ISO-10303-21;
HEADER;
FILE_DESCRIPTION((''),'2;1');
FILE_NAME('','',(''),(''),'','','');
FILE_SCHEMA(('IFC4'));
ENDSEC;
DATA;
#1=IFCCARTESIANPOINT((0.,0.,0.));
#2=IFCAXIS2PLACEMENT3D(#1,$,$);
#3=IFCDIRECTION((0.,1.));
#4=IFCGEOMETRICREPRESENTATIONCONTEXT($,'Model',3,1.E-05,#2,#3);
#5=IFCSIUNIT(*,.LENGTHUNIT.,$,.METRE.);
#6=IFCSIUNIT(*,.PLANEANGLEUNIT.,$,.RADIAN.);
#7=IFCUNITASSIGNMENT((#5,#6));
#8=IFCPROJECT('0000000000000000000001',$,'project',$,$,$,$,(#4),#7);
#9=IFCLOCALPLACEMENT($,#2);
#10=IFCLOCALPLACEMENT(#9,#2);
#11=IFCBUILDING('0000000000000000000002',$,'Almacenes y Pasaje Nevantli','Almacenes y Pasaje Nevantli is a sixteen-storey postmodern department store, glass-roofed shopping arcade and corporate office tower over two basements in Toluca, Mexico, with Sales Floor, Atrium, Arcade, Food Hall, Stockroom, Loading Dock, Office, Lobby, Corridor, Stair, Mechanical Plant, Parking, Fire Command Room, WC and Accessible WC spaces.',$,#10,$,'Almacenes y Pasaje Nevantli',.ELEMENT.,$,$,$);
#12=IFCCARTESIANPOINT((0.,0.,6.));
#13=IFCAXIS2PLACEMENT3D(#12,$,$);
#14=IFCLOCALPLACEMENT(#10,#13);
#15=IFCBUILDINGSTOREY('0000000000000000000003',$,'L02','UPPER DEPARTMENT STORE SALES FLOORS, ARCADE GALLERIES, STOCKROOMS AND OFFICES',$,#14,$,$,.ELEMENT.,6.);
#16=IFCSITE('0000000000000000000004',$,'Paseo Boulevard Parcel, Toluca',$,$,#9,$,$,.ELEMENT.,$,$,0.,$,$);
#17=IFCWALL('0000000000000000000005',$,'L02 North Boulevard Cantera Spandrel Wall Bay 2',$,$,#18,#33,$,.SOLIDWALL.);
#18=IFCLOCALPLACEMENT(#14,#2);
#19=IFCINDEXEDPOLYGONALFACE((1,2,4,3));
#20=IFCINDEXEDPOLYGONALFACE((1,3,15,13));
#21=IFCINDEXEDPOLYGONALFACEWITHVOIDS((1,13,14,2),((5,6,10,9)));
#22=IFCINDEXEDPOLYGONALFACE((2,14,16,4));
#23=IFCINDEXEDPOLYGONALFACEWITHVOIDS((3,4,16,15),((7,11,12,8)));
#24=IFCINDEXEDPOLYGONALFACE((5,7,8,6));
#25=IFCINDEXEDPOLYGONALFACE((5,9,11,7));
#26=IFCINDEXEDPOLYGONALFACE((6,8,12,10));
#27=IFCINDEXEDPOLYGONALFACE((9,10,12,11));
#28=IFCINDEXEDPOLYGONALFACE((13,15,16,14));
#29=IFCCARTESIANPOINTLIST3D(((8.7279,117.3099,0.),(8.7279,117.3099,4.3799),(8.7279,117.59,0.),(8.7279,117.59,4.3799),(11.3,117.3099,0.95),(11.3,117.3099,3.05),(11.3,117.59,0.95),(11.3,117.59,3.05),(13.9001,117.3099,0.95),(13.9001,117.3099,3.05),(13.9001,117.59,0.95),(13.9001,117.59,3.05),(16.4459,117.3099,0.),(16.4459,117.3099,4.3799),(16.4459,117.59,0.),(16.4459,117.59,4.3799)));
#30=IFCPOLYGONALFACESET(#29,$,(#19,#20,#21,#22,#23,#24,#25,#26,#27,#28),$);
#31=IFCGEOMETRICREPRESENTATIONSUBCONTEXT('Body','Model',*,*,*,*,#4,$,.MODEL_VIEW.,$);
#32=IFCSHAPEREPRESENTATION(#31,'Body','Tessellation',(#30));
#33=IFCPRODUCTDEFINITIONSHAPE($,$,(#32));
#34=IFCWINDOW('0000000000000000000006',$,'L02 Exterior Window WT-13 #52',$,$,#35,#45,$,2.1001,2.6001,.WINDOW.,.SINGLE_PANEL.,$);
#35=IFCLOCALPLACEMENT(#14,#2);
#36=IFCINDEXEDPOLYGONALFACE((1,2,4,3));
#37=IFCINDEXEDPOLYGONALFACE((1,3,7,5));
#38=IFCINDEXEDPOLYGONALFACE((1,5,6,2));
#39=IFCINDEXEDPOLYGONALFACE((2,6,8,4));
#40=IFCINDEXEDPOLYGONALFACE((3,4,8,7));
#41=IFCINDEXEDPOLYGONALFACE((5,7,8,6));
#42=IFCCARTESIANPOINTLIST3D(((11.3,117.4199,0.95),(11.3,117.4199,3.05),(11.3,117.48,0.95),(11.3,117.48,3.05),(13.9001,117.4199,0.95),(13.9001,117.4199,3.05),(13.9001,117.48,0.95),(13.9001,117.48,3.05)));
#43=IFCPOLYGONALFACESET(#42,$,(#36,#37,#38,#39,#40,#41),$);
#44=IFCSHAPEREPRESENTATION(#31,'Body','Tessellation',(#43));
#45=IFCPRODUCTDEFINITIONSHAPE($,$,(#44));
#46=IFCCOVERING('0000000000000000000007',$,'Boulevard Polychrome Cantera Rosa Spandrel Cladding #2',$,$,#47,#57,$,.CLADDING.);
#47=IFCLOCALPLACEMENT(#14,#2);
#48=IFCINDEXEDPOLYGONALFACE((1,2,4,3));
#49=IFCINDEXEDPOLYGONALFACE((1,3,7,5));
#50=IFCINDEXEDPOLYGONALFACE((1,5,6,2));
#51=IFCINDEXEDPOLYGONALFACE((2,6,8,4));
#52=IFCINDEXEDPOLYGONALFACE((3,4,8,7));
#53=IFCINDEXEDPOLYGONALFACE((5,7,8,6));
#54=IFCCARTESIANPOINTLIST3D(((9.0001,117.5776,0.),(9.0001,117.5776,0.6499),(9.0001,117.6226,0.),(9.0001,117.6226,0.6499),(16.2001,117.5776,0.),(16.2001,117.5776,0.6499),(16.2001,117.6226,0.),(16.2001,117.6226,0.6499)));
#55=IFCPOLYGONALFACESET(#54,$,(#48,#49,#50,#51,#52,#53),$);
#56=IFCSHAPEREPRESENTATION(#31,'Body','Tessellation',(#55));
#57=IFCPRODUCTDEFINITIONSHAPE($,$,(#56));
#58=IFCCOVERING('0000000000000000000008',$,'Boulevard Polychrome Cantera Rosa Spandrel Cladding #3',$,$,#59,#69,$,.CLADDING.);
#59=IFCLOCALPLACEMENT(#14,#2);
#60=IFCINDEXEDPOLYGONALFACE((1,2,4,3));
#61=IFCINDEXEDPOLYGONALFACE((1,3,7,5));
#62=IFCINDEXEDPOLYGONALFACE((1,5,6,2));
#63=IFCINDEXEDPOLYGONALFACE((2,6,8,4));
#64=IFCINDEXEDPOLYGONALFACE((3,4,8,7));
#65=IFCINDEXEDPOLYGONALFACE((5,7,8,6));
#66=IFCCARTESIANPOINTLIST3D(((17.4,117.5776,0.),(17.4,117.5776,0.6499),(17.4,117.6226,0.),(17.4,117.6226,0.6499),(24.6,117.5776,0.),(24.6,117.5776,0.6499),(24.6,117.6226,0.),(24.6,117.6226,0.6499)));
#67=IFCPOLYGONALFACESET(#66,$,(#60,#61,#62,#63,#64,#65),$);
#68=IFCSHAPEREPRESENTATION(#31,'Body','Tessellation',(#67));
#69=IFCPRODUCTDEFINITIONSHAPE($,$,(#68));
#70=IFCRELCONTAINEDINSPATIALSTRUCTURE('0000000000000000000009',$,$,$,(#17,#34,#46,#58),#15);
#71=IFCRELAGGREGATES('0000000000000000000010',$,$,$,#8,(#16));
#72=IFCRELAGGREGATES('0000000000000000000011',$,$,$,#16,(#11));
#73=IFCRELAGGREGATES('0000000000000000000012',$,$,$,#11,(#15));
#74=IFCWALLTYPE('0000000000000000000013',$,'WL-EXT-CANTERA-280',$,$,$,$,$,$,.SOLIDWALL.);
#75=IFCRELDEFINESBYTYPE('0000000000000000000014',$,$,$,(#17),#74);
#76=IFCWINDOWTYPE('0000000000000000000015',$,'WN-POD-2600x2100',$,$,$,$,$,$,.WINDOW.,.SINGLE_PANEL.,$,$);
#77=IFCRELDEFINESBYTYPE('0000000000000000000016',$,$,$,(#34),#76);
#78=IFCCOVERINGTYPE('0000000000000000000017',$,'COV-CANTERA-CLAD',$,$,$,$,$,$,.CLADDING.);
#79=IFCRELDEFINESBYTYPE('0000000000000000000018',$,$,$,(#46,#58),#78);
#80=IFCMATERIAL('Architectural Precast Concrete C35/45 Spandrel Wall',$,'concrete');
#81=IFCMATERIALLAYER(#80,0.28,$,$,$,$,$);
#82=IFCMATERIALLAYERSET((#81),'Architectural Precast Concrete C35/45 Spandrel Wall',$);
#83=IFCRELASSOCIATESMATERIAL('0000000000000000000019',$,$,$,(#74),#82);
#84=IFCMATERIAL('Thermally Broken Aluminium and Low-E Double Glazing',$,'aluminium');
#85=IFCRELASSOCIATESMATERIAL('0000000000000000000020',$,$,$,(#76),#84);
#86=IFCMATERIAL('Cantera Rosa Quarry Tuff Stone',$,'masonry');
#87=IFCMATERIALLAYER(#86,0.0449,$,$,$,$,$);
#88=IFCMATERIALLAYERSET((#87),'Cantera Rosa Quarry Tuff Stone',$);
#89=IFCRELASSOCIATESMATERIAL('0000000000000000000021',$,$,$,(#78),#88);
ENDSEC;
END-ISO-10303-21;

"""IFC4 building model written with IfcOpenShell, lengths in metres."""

from ifc_helpers import new_model, si_unit, direction, frame, frame_2d, origin, origin_2d, place, context, subcontext, project, spatial, rectangle, extrude, material, layer, layer_set, type_object, element, fill, save


model = new_model("IFC4")

# Units and contexts
model_context = context("Model", 3, precision=1e-05, world=origin(), true_north=direction((0.0, 1.0)))
body_context = subcontext(model_context, "Body", "Model", "MODEL_VIEW")
ifc_project = project(units=[si_unit("LENGTHUNIT", "METRE"), si_unit("PLANEANGLEUNIT", "RADIAN")], contexts=[model_context])

# Site, building, storey
site_placement = place(None, origin())
site = spatial("IfcSite", under=ifc_project, at=site_placement, Name="Paseo Boulevard Parcel, Toluca", CompositionType="ELEMENT", RefElevation=0.0)
building_placement = place(site_placement, origin())
building = spatial("IfcBuilding", under=site, at=building_placement, Name="Almacenes y Pasaje Nevantli", Description="Almacenes y Pasaje Nevantli is a sixteen-storey postmodern department store, glass-roofed shopping arcade and corporate office tower over two basements in Toluca, Mexico, with Sales Floor, Atrium, Arcade, Food Hall, Stockroom, Loading Dock, Office, Lobby, Corridor, Stair, Mechanical Plant, Parking, Fire Command Room, WC and Accessible WC spaces.", LongName="Almacenes y Pasaje Nevantli", CompositionType="ELEMENT")
storey_placement = place(building_placement, frame((0.0, 0.0, 6.0)))
storey = spatial("IfcBuildingStorey", under=building, at=storey_placement, Name="L02", Description="UPPER DEPARTMENT STORE SALES FLOORS, ARCADE GALLERIES, STOCKROOMS AND OFFICES", CompositionType="ELEMENT", Elevation=6.0)

# Wall, opening, window
ifc_material_1 = material(Name="Architectural Precast Concrete C35/45 Spandrel Wall", Category="concrete")
ifc_layer_1 = layer(ifc_material_1, 0.28)
ifc_layer_set_1 = layer_set([ifc_layer_1], Name="Architectural Precast Concrete C35/45 Spandrel Wall")
wall_type = type_object("IfcWallType", Name="WL-EXT-CANTERA-280", PredefinedType="SOLIDWALL", material=ifc_layer_set_1)
wall_placement = place(storey_placement, frame((8.728, 117.45, 0.0), z_axis=(0.0, 0.0, 1.0), x_axis=(1.0, 0.0, 0.0)))
wall = element("IfcWall", 1, at=wall_placement, inside=storey, type_object=wall_type, Name="L02 North Boulevard Cantera Spandrel Wall Bay 2", PredefinedType="SOLIDWALL", context=body_context, shape_type="SweptSolid", body=[
    extrude(rectangle(XDim=7.718, YDim=0.28, at=frame_2d((3.8589, 0.0))), origin(), (0.0, 0.0, 1.0), 4.3799),
])
opening_placement = place(wall_placement, frame((2.572, 0.0, 0.95)))
opening = element("IfcOpeningElement", 2, at=opening_placement, cuts=wall, PredefinedType="OPENING", context=body_context, shape_type="SweptSolid", body=[
    extrude(rectangle(XDim=2.6001, YDim=2.1001, at=frame_2d((1.3, 1.05))), frame((0.0, 0.1499, 0.0), z_axis=(0.0, -1.0, 0.0), x_axis=(1.0, 0.0, 0.0)), (0.0, 0.0, 1.0), 0.3),
])
ifc_material_2 = material(Name="Thermally Broken Aluminium and Low-E Double Glazing", Category="aluminium")
window_type = type_object("IfcWindowType", Name="WN-POD-2600x2100", PartitioningType="SINGLE_PANEL", PredefinedType="WINDOW", material=ifc_material_2)
window_placement = place(opening_placement, origin())
window = element("IfcWindow", 3, at=window_placement, inside=storey, type_object=window_type, Name="L02 Exterior Window WT-13 #52", OverallHeight=2.1001, OverallWidth=2.6001, PartitioningType="SINGLE_PANEL", PredefinedType="WINDOW", context=body_context, shape_type="SweptSolid", body=[
    extrude(rectangle(XDim=2.6001, YDim=2.1001, at=frame_2d((1.3, 1.05))), frame((0.0, 0.03, 0.0), z_axis=(0.0, -1.0, 0.0), x_axis=(1.0, 0.0, 0.0)), (0.0, 0.0, 1.0), 0.0601),
])
fill(opening, window)

# Coverings
ifc_material_3 = material(Name="Cantera Rosa Quarry Tuff Stone", Category="masonry")
ifc_layer_2 = layer(ifc_material_3, 0.0449)
ifc_layer_set_2 = layer_set([ifc_layer_2], Name="Cantera Rosa Quarry Tuff Stone")
covering_type = type_object("IfcCoveringType", Name="COV-CANTERA-CLAD", PredefinedType="CLADDING", material=ifc_layer_set_2)
for number, where, z_axis, x_axis, name in (
    (4, (12.6001, 117.6001, 0.0), (0.0, 0.0, 1.0), (1.0, 0.0, 0.0), "Boulevard Polychrome Cantera Rosa Spandrel Cladding #2"),
    (5, (21.0, 117.6001, 0.0), (0.0, 0.0, 1.0), (1.0, 0.0, 0.0), "Boulevard Polychrome Cantera Rosa Spandrel Cladding #3"),
):
    element("IfcCovering", number, at=place(storey_placement, frame(where, z_axis=z_axis, x_axis=x_axis)), inside=storey, type_object=covering_type, Name=name, PredefinedType="CLADDING", context=body_context, shape_type="SweptSolid", body=[
        extrude(rectangle(XDim=7.2, YDim=0.0449, at=origin_2d()), origin(), (0.0, 0.0, 1.0), 0.6499),
    ])

save(model, "model.ifc")
